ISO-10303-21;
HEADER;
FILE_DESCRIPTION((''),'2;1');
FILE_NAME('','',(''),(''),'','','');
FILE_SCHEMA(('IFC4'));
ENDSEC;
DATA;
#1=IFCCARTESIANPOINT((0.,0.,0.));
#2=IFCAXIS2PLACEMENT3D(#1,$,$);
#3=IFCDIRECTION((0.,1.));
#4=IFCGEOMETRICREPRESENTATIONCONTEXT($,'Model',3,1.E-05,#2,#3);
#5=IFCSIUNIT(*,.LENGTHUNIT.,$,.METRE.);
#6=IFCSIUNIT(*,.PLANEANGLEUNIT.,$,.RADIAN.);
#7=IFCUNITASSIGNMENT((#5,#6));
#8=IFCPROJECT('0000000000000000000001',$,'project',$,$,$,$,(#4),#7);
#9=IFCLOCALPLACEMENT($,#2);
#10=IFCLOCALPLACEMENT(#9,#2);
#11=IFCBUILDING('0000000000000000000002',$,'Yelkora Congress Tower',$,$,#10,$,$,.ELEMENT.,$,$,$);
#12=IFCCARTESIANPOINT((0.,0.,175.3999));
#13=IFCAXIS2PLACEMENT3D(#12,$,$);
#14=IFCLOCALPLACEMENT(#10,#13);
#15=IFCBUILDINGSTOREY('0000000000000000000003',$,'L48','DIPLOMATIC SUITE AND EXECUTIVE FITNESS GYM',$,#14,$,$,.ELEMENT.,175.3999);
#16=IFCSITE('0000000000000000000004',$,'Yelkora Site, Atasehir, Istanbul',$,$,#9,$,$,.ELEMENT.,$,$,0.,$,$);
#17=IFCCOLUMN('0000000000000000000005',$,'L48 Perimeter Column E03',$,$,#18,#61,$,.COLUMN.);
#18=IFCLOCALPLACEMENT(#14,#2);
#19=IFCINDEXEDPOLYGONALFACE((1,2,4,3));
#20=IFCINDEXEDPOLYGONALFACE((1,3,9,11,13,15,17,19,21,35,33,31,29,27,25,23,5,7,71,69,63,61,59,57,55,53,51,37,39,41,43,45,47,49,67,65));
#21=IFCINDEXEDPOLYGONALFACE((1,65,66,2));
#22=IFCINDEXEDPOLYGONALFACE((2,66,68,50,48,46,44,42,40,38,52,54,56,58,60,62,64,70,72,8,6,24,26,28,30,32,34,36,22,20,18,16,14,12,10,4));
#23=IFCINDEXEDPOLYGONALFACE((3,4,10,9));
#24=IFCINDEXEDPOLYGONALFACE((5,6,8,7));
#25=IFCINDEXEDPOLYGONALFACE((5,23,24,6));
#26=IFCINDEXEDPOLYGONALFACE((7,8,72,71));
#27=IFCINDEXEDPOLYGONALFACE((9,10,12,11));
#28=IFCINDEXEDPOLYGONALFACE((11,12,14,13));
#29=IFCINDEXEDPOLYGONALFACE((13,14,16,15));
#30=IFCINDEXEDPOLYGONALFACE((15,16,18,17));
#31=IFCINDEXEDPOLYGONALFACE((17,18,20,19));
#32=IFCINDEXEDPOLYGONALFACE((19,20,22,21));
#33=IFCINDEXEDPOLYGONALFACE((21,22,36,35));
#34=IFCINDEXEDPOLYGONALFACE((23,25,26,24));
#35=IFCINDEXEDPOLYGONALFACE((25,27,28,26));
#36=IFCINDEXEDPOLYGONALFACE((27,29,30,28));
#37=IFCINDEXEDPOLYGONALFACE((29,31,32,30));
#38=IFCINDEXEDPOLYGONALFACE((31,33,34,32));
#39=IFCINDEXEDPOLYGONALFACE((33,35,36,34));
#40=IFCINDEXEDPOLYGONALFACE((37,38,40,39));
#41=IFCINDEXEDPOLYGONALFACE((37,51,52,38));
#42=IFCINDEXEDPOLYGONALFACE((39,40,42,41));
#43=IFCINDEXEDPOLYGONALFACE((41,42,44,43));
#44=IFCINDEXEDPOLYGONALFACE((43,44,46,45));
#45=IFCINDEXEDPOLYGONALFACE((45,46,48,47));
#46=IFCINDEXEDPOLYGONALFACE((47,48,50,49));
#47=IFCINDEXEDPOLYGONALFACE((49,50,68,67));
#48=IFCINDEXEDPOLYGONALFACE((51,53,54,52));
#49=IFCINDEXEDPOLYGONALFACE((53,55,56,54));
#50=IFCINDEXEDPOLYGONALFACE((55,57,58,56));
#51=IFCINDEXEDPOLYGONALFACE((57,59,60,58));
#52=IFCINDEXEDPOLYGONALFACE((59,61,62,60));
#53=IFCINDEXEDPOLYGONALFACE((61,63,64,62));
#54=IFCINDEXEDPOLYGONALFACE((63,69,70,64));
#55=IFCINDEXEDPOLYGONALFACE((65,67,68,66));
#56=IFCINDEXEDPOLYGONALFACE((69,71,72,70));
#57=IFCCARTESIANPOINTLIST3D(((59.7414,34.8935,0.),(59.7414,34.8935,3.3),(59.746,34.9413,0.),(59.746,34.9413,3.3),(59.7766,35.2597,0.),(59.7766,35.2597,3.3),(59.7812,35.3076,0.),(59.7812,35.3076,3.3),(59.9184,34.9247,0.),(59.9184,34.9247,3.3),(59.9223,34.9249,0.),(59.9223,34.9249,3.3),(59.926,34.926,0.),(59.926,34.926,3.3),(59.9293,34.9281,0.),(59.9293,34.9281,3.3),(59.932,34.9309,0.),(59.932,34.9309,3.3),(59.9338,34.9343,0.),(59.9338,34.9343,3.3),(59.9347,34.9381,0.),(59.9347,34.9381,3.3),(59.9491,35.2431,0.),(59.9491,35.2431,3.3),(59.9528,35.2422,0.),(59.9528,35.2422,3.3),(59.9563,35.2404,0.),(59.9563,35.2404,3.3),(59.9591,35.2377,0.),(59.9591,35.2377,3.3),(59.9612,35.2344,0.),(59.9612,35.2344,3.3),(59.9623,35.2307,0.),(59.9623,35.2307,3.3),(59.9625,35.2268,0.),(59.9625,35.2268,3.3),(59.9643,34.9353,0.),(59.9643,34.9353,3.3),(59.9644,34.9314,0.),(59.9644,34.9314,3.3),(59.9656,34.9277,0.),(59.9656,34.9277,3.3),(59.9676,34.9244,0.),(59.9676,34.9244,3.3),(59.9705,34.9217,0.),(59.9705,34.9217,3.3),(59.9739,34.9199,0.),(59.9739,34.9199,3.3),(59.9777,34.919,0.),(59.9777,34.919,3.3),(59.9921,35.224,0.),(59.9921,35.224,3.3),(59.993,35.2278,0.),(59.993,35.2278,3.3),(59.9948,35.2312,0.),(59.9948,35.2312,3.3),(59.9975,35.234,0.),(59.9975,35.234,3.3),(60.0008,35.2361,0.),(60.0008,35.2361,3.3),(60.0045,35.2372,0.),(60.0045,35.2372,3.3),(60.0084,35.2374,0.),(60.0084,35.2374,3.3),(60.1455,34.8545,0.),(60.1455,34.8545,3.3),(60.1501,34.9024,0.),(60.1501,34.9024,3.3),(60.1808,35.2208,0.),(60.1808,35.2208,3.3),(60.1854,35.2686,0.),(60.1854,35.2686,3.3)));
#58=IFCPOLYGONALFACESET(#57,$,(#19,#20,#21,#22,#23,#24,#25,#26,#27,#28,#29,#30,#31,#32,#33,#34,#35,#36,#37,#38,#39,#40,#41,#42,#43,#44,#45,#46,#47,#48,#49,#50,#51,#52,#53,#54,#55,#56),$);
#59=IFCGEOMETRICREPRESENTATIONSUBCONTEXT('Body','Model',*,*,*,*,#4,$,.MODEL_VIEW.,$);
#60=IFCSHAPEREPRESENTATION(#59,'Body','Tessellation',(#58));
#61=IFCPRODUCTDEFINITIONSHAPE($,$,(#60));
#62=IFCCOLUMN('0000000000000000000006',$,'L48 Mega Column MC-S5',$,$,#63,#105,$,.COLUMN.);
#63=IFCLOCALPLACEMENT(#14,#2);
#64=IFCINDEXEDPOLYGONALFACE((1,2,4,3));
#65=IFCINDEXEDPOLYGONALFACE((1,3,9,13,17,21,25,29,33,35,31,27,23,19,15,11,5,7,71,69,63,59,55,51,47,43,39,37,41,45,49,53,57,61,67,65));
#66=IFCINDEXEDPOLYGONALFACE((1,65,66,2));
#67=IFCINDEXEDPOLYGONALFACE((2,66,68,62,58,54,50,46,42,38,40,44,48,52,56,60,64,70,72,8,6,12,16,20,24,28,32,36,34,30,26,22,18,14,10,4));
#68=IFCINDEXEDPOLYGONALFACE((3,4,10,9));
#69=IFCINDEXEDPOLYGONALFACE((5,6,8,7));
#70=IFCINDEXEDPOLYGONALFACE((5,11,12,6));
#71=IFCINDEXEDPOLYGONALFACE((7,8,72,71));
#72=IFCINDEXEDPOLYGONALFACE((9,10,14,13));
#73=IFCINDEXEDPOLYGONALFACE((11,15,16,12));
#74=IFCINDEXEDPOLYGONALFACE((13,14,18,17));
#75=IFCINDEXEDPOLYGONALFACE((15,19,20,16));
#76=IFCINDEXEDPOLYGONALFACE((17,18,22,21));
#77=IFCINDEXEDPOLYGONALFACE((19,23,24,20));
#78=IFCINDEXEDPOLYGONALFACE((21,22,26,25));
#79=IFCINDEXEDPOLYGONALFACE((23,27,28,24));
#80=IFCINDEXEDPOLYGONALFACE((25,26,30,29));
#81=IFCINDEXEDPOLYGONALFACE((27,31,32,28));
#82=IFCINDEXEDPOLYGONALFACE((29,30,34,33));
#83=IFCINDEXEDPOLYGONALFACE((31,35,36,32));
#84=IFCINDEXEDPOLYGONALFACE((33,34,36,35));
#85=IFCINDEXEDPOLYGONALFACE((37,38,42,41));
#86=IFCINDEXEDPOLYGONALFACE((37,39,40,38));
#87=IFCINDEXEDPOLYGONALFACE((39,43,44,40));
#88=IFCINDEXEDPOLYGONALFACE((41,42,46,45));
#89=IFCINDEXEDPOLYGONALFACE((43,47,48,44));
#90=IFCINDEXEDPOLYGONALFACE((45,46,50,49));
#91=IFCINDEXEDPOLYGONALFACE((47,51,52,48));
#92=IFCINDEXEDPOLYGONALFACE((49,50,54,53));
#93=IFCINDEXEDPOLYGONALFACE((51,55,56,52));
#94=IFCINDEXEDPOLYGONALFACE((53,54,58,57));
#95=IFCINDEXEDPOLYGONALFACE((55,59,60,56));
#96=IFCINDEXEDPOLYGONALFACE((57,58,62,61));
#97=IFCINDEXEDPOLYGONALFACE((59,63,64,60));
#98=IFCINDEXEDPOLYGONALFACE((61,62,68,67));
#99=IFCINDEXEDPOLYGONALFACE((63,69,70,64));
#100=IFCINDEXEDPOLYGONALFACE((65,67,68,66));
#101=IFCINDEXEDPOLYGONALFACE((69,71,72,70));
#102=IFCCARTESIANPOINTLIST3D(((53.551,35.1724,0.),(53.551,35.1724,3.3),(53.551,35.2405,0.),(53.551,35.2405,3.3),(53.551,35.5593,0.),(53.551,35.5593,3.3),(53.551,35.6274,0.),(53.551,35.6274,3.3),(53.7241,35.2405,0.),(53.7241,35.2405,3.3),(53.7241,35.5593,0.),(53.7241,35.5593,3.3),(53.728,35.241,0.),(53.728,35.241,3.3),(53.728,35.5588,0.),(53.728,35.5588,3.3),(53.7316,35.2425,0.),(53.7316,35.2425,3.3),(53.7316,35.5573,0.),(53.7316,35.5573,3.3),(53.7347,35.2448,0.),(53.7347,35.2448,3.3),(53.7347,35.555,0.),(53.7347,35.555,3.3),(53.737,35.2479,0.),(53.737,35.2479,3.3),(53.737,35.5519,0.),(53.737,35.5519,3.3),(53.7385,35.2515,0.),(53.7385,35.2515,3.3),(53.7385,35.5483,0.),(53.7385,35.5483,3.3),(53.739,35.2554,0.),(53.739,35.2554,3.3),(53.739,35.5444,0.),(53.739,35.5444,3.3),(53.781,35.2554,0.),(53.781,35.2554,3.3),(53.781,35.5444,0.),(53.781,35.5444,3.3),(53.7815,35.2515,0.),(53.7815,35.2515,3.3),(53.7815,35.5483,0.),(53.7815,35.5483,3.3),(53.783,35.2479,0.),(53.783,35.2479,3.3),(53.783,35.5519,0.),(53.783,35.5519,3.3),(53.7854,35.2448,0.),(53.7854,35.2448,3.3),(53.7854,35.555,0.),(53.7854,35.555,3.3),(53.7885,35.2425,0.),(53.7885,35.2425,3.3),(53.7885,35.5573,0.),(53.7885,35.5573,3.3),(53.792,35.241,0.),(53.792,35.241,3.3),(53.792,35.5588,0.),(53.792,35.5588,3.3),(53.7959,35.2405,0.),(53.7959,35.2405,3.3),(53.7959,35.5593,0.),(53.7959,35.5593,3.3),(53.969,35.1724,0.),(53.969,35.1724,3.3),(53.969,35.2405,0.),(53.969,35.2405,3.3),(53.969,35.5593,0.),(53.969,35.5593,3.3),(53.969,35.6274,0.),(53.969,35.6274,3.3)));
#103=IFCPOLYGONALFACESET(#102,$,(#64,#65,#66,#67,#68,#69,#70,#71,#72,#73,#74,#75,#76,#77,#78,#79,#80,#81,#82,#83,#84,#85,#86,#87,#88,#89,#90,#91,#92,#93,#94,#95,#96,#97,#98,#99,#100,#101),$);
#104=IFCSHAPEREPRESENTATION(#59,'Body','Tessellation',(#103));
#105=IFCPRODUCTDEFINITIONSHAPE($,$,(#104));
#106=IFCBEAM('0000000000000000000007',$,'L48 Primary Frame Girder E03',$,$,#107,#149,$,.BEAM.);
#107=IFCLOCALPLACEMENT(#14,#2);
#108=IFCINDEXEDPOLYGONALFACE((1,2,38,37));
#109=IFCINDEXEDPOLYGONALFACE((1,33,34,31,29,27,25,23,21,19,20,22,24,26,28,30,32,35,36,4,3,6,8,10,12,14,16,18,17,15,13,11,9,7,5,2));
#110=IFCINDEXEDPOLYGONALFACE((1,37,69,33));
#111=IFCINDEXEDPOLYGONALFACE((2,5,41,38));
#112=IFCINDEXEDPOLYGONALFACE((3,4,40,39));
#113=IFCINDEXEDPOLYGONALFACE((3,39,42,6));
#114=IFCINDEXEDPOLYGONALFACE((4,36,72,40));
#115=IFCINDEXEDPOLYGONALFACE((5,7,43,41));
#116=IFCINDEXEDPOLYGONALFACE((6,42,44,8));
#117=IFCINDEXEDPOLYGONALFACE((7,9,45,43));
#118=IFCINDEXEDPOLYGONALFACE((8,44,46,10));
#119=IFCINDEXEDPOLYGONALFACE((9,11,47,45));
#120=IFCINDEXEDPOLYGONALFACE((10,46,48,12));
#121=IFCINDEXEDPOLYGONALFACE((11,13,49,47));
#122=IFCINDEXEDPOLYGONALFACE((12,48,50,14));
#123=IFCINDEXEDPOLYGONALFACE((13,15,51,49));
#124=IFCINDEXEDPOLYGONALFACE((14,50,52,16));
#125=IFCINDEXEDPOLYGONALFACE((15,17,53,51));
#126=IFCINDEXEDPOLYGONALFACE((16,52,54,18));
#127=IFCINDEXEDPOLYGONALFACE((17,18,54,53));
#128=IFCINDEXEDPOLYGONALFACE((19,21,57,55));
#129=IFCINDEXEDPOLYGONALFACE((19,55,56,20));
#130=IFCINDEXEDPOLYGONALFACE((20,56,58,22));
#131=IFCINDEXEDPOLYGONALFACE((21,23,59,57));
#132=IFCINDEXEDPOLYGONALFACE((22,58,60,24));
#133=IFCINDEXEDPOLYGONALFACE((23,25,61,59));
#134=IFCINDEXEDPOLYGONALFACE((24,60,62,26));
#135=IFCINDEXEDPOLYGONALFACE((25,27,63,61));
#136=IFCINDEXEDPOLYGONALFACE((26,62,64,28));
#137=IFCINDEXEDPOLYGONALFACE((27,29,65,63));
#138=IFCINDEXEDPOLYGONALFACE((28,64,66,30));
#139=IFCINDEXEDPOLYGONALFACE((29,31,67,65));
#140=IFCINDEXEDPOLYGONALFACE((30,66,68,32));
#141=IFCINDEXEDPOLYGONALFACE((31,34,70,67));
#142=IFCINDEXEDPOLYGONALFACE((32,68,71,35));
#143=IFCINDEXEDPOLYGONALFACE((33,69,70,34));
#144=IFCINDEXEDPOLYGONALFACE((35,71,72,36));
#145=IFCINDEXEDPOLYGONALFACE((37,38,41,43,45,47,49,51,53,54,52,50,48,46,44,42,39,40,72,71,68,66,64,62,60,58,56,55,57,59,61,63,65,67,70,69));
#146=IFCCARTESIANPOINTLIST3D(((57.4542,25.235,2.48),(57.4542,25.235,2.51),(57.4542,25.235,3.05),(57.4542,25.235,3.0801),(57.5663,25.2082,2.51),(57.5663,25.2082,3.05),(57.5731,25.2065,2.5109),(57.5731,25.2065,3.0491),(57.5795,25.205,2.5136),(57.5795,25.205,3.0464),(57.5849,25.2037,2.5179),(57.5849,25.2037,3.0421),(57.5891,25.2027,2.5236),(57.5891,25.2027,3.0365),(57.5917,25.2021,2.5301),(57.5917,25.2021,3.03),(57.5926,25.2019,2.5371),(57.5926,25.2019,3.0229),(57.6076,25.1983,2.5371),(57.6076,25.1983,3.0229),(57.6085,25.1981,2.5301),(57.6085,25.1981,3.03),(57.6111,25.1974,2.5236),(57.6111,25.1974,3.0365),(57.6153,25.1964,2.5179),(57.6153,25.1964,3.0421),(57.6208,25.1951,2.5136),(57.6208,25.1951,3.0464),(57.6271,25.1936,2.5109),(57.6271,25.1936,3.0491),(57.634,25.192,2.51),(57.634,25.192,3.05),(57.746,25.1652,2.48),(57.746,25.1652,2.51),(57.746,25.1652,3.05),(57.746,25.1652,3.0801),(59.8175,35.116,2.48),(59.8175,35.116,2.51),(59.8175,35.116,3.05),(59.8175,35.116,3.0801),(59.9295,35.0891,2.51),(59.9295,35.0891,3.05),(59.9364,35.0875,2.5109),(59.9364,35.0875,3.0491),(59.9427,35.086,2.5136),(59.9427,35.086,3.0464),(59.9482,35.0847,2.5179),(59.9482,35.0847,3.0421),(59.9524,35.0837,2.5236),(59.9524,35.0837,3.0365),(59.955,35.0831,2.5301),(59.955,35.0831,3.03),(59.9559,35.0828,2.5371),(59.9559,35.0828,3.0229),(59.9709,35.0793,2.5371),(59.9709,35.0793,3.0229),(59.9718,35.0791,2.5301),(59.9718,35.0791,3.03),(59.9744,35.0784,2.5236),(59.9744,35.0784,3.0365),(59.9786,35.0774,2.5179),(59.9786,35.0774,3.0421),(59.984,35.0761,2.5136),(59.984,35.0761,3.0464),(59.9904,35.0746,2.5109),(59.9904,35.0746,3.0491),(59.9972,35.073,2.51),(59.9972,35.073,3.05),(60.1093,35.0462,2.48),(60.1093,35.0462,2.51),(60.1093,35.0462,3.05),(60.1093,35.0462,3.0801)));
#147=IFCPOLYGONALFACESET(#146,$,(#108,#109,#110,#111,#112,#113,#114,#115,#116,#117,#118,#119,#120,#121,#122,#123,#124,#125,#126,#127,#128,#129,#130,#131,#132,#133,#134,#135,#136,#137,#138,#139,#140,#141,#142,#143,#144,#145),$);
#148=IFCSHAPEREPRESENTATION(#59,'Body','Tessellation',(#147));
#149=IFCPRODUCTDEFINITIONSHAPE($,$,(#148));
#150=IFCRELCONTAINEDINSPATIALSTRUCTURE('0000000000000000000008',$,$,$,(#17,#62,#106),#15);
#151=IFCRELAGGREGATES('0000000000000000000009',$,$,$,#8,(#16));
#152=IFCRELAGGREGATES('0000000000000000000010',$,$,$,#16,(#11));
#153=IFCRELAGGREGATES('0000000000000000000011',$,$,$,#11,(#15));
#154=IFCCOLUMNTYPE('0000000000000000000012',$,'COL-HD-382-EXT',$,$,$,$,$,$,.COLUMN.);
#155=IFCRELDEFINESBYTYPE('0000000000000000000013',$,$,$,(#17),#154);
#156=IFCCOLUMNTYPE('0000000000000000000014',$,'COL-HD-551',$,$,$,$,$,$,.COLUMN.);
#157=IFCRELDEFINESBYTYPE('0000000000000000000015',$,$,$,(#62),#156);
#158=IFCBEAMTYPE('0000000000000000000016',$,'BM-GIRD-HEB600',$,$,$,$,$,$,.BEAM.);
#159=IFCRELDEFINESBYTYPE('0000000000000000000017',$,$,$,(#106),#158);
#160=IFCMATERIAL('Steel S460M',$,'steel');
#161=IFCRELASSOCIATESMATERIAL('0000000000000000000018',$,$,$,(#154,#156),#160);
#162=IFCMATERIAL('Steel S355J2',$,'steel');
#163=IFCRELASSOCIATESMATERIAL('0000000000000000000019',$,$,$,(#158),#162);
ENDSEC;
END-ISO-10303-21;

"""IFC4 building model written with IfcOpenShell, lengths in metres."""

from ifc_helpers import new_model, si_unit, direction, frame, origin, origin_2d, place, context, subcontext, project, spatial, i_section, extrude, material, material_profile, profile_set, type_object, element, save


model = new_model("IFC4")

# Units and contexts
model_context = context("Model", 3, precision=1e-05, world=origin(), true_north=direction((0.0, 1.0)))
body_context = subcontext(model_context, "Body", "Model", "MODEL_VIEW")
ifc_project = project(units=[si_unit("LENGTHUNIT", "METRE"), si_unit("PLANEANGLEUNIT", "RADIAN")], contexts=[model_context])

# Site, building, storey
site_placement = place(None, origin())
site = spatial("IfcSite", under=ifc_project, at=site_placement, Name="Yelkora Site, Atasehir, Istanbul", CompositionType="ELEMENT", RefElevation=0.0)
building_placement = place(site_placement, origin())
building = spatial("IfcBuilding", under=site, at=building_placement, Name="Yelkora Congress Tower", CompositionType="ELEMENT")
storey_placement = place(building_placement, frame((0.0, 0.0, 175.3999)))
storey = spatial("IfcBuildingStorey", under=building, at=storey_placement, Name="L48", Description="DIPLOMATIC SUITE AND EXECUTIVE FITNESS GYM", CompositionType="ELEMENT", Elevation=175.3999)

# Columns
ifc_material_1 = material(Name="Steel S460M", Category="steel")
ifc_material_profile_1 = material_profile(ifc_material_1, i_section(OverallWidth=0.406, OverallDepth=0.416, WebThickness=0.0298, FlangeThickness=0.0481, FilletRadius=0.0149, at=origin_2d()), Name="HD 400x382")
ifc_profile_set_1 = profile_set([ifc_material_profile_1], Name="Steel S460M")
column_type_1 = type_object("IfcColumnType", Name="COL-HD-382-EXT", PredefinedType="COLUMN", material=ifc_profile_set_1)
column_1_placement = place(storey_placement, frame((59.9634, 35.0811, 0.0), z_axis=(0.0, 0.0, 1.0), x_axis=(0.995396, -0.095846, 0.0)))
element("IfcColumn", 1, at=column_1_placement, inside=storey, type_object=column_type_1, Name="L48 Perimeter Column E03", PredefinedType="COLUMN", context=body_context, shape_type="SweptSolid", body=[
    extrude(i_section(OverallWidth=0.406, OverallDepth=0.416, WebThickness=0.0298, FlangeThickness=0.0481, FilletRadius=0.0149, at=origin_2d()), origin(), (0.0, 0.0, 1.0), 3.3),
])
ifc_material_profile_2 = material_profile(ifc_material_1, i_section(OverallWidth=0.418, OverallDepth=0.4551, WebThickness=0.042, FlangeThickness=0.0681, FilletRadius=0.0149, at=origin_2d()), Name="HD 400x551")
ifc_profile_set_2 = profile_set([ifc_material_profile_2], Name="Steel S460M")
column_type_2 = type_object("IfcColumnType", Name="COL-HD-551", PredefinedType="COLUMN", material=ifc_profile_set_2)
column_2_placement = place(storey_placement, frame((53.76, 35.3999, 0.0), z_axis=(0.0, 0.0, 1.0), x_axis=(1.0, 0.0, 0.0)))
element("IfcColumn", 2, at=column_2_placement, inside=storey, type_object=column_type_2, Name="L48 Mega Column MC-S5", PredefinedType="COLUMN", context=body_context, shape_type="SweptSolid", body=[
    extrude(i_section(OverallWidth=0.418, OverallDepth=0.4551, WebThickness=0.042, FlangeThickness=0.0681, FilletRadius=0.0149, at=origin_2d()), origin(), (0.0, 0.0, 1.0), 3.3),
])

# Beam
ifc_material_2 = material(Name="Steel S355J2", Category="steel")
ifc_material_profile_3 = material_profile(ifc_material_2, i_section(OverallWidth=0.3, OverallDepth=0.6001, WebThickness=0.0154, FlangeThickness=0.03, FilletRadius=0.0271, at=origin_2d()), Name="HEB 600")
ifc_profile_set_3 = profile_set([ifc_material_profile_3], Name="Steel S355J2")
beam_type_1 = type_object("IfcBeamType", Name="BM-GIRD-HEB600", PredefinedType="BEAM", material=ifc_profile_set_3)
beam_1_placement = place(storey_placement, frame((59.9634, 35.0811, 2.78), z_axis=(-0.232611, -0.97257, 0.0), x_axis=(0.97257, -0.232611, 0.0)))
element("IfcBeam", 3, at=beam_1_placement, inside=storey, type_object=beam_type_1, Name="L48 Primary Frame Girder E03", PredefinedType="BEAM", context=body_context, shape_type="SweptSolid", body=[
    extrude(i_section(OverallWidth=0.3, OverallDepth=0.6001, WebThickness=0.0154, FlangeThickness=0.03, FilletRadius=0.0271, at=origin_2d()), origin(), (0.0, 0.0, 1.0), 10.1597),
])

save(model, "model.ifc")
